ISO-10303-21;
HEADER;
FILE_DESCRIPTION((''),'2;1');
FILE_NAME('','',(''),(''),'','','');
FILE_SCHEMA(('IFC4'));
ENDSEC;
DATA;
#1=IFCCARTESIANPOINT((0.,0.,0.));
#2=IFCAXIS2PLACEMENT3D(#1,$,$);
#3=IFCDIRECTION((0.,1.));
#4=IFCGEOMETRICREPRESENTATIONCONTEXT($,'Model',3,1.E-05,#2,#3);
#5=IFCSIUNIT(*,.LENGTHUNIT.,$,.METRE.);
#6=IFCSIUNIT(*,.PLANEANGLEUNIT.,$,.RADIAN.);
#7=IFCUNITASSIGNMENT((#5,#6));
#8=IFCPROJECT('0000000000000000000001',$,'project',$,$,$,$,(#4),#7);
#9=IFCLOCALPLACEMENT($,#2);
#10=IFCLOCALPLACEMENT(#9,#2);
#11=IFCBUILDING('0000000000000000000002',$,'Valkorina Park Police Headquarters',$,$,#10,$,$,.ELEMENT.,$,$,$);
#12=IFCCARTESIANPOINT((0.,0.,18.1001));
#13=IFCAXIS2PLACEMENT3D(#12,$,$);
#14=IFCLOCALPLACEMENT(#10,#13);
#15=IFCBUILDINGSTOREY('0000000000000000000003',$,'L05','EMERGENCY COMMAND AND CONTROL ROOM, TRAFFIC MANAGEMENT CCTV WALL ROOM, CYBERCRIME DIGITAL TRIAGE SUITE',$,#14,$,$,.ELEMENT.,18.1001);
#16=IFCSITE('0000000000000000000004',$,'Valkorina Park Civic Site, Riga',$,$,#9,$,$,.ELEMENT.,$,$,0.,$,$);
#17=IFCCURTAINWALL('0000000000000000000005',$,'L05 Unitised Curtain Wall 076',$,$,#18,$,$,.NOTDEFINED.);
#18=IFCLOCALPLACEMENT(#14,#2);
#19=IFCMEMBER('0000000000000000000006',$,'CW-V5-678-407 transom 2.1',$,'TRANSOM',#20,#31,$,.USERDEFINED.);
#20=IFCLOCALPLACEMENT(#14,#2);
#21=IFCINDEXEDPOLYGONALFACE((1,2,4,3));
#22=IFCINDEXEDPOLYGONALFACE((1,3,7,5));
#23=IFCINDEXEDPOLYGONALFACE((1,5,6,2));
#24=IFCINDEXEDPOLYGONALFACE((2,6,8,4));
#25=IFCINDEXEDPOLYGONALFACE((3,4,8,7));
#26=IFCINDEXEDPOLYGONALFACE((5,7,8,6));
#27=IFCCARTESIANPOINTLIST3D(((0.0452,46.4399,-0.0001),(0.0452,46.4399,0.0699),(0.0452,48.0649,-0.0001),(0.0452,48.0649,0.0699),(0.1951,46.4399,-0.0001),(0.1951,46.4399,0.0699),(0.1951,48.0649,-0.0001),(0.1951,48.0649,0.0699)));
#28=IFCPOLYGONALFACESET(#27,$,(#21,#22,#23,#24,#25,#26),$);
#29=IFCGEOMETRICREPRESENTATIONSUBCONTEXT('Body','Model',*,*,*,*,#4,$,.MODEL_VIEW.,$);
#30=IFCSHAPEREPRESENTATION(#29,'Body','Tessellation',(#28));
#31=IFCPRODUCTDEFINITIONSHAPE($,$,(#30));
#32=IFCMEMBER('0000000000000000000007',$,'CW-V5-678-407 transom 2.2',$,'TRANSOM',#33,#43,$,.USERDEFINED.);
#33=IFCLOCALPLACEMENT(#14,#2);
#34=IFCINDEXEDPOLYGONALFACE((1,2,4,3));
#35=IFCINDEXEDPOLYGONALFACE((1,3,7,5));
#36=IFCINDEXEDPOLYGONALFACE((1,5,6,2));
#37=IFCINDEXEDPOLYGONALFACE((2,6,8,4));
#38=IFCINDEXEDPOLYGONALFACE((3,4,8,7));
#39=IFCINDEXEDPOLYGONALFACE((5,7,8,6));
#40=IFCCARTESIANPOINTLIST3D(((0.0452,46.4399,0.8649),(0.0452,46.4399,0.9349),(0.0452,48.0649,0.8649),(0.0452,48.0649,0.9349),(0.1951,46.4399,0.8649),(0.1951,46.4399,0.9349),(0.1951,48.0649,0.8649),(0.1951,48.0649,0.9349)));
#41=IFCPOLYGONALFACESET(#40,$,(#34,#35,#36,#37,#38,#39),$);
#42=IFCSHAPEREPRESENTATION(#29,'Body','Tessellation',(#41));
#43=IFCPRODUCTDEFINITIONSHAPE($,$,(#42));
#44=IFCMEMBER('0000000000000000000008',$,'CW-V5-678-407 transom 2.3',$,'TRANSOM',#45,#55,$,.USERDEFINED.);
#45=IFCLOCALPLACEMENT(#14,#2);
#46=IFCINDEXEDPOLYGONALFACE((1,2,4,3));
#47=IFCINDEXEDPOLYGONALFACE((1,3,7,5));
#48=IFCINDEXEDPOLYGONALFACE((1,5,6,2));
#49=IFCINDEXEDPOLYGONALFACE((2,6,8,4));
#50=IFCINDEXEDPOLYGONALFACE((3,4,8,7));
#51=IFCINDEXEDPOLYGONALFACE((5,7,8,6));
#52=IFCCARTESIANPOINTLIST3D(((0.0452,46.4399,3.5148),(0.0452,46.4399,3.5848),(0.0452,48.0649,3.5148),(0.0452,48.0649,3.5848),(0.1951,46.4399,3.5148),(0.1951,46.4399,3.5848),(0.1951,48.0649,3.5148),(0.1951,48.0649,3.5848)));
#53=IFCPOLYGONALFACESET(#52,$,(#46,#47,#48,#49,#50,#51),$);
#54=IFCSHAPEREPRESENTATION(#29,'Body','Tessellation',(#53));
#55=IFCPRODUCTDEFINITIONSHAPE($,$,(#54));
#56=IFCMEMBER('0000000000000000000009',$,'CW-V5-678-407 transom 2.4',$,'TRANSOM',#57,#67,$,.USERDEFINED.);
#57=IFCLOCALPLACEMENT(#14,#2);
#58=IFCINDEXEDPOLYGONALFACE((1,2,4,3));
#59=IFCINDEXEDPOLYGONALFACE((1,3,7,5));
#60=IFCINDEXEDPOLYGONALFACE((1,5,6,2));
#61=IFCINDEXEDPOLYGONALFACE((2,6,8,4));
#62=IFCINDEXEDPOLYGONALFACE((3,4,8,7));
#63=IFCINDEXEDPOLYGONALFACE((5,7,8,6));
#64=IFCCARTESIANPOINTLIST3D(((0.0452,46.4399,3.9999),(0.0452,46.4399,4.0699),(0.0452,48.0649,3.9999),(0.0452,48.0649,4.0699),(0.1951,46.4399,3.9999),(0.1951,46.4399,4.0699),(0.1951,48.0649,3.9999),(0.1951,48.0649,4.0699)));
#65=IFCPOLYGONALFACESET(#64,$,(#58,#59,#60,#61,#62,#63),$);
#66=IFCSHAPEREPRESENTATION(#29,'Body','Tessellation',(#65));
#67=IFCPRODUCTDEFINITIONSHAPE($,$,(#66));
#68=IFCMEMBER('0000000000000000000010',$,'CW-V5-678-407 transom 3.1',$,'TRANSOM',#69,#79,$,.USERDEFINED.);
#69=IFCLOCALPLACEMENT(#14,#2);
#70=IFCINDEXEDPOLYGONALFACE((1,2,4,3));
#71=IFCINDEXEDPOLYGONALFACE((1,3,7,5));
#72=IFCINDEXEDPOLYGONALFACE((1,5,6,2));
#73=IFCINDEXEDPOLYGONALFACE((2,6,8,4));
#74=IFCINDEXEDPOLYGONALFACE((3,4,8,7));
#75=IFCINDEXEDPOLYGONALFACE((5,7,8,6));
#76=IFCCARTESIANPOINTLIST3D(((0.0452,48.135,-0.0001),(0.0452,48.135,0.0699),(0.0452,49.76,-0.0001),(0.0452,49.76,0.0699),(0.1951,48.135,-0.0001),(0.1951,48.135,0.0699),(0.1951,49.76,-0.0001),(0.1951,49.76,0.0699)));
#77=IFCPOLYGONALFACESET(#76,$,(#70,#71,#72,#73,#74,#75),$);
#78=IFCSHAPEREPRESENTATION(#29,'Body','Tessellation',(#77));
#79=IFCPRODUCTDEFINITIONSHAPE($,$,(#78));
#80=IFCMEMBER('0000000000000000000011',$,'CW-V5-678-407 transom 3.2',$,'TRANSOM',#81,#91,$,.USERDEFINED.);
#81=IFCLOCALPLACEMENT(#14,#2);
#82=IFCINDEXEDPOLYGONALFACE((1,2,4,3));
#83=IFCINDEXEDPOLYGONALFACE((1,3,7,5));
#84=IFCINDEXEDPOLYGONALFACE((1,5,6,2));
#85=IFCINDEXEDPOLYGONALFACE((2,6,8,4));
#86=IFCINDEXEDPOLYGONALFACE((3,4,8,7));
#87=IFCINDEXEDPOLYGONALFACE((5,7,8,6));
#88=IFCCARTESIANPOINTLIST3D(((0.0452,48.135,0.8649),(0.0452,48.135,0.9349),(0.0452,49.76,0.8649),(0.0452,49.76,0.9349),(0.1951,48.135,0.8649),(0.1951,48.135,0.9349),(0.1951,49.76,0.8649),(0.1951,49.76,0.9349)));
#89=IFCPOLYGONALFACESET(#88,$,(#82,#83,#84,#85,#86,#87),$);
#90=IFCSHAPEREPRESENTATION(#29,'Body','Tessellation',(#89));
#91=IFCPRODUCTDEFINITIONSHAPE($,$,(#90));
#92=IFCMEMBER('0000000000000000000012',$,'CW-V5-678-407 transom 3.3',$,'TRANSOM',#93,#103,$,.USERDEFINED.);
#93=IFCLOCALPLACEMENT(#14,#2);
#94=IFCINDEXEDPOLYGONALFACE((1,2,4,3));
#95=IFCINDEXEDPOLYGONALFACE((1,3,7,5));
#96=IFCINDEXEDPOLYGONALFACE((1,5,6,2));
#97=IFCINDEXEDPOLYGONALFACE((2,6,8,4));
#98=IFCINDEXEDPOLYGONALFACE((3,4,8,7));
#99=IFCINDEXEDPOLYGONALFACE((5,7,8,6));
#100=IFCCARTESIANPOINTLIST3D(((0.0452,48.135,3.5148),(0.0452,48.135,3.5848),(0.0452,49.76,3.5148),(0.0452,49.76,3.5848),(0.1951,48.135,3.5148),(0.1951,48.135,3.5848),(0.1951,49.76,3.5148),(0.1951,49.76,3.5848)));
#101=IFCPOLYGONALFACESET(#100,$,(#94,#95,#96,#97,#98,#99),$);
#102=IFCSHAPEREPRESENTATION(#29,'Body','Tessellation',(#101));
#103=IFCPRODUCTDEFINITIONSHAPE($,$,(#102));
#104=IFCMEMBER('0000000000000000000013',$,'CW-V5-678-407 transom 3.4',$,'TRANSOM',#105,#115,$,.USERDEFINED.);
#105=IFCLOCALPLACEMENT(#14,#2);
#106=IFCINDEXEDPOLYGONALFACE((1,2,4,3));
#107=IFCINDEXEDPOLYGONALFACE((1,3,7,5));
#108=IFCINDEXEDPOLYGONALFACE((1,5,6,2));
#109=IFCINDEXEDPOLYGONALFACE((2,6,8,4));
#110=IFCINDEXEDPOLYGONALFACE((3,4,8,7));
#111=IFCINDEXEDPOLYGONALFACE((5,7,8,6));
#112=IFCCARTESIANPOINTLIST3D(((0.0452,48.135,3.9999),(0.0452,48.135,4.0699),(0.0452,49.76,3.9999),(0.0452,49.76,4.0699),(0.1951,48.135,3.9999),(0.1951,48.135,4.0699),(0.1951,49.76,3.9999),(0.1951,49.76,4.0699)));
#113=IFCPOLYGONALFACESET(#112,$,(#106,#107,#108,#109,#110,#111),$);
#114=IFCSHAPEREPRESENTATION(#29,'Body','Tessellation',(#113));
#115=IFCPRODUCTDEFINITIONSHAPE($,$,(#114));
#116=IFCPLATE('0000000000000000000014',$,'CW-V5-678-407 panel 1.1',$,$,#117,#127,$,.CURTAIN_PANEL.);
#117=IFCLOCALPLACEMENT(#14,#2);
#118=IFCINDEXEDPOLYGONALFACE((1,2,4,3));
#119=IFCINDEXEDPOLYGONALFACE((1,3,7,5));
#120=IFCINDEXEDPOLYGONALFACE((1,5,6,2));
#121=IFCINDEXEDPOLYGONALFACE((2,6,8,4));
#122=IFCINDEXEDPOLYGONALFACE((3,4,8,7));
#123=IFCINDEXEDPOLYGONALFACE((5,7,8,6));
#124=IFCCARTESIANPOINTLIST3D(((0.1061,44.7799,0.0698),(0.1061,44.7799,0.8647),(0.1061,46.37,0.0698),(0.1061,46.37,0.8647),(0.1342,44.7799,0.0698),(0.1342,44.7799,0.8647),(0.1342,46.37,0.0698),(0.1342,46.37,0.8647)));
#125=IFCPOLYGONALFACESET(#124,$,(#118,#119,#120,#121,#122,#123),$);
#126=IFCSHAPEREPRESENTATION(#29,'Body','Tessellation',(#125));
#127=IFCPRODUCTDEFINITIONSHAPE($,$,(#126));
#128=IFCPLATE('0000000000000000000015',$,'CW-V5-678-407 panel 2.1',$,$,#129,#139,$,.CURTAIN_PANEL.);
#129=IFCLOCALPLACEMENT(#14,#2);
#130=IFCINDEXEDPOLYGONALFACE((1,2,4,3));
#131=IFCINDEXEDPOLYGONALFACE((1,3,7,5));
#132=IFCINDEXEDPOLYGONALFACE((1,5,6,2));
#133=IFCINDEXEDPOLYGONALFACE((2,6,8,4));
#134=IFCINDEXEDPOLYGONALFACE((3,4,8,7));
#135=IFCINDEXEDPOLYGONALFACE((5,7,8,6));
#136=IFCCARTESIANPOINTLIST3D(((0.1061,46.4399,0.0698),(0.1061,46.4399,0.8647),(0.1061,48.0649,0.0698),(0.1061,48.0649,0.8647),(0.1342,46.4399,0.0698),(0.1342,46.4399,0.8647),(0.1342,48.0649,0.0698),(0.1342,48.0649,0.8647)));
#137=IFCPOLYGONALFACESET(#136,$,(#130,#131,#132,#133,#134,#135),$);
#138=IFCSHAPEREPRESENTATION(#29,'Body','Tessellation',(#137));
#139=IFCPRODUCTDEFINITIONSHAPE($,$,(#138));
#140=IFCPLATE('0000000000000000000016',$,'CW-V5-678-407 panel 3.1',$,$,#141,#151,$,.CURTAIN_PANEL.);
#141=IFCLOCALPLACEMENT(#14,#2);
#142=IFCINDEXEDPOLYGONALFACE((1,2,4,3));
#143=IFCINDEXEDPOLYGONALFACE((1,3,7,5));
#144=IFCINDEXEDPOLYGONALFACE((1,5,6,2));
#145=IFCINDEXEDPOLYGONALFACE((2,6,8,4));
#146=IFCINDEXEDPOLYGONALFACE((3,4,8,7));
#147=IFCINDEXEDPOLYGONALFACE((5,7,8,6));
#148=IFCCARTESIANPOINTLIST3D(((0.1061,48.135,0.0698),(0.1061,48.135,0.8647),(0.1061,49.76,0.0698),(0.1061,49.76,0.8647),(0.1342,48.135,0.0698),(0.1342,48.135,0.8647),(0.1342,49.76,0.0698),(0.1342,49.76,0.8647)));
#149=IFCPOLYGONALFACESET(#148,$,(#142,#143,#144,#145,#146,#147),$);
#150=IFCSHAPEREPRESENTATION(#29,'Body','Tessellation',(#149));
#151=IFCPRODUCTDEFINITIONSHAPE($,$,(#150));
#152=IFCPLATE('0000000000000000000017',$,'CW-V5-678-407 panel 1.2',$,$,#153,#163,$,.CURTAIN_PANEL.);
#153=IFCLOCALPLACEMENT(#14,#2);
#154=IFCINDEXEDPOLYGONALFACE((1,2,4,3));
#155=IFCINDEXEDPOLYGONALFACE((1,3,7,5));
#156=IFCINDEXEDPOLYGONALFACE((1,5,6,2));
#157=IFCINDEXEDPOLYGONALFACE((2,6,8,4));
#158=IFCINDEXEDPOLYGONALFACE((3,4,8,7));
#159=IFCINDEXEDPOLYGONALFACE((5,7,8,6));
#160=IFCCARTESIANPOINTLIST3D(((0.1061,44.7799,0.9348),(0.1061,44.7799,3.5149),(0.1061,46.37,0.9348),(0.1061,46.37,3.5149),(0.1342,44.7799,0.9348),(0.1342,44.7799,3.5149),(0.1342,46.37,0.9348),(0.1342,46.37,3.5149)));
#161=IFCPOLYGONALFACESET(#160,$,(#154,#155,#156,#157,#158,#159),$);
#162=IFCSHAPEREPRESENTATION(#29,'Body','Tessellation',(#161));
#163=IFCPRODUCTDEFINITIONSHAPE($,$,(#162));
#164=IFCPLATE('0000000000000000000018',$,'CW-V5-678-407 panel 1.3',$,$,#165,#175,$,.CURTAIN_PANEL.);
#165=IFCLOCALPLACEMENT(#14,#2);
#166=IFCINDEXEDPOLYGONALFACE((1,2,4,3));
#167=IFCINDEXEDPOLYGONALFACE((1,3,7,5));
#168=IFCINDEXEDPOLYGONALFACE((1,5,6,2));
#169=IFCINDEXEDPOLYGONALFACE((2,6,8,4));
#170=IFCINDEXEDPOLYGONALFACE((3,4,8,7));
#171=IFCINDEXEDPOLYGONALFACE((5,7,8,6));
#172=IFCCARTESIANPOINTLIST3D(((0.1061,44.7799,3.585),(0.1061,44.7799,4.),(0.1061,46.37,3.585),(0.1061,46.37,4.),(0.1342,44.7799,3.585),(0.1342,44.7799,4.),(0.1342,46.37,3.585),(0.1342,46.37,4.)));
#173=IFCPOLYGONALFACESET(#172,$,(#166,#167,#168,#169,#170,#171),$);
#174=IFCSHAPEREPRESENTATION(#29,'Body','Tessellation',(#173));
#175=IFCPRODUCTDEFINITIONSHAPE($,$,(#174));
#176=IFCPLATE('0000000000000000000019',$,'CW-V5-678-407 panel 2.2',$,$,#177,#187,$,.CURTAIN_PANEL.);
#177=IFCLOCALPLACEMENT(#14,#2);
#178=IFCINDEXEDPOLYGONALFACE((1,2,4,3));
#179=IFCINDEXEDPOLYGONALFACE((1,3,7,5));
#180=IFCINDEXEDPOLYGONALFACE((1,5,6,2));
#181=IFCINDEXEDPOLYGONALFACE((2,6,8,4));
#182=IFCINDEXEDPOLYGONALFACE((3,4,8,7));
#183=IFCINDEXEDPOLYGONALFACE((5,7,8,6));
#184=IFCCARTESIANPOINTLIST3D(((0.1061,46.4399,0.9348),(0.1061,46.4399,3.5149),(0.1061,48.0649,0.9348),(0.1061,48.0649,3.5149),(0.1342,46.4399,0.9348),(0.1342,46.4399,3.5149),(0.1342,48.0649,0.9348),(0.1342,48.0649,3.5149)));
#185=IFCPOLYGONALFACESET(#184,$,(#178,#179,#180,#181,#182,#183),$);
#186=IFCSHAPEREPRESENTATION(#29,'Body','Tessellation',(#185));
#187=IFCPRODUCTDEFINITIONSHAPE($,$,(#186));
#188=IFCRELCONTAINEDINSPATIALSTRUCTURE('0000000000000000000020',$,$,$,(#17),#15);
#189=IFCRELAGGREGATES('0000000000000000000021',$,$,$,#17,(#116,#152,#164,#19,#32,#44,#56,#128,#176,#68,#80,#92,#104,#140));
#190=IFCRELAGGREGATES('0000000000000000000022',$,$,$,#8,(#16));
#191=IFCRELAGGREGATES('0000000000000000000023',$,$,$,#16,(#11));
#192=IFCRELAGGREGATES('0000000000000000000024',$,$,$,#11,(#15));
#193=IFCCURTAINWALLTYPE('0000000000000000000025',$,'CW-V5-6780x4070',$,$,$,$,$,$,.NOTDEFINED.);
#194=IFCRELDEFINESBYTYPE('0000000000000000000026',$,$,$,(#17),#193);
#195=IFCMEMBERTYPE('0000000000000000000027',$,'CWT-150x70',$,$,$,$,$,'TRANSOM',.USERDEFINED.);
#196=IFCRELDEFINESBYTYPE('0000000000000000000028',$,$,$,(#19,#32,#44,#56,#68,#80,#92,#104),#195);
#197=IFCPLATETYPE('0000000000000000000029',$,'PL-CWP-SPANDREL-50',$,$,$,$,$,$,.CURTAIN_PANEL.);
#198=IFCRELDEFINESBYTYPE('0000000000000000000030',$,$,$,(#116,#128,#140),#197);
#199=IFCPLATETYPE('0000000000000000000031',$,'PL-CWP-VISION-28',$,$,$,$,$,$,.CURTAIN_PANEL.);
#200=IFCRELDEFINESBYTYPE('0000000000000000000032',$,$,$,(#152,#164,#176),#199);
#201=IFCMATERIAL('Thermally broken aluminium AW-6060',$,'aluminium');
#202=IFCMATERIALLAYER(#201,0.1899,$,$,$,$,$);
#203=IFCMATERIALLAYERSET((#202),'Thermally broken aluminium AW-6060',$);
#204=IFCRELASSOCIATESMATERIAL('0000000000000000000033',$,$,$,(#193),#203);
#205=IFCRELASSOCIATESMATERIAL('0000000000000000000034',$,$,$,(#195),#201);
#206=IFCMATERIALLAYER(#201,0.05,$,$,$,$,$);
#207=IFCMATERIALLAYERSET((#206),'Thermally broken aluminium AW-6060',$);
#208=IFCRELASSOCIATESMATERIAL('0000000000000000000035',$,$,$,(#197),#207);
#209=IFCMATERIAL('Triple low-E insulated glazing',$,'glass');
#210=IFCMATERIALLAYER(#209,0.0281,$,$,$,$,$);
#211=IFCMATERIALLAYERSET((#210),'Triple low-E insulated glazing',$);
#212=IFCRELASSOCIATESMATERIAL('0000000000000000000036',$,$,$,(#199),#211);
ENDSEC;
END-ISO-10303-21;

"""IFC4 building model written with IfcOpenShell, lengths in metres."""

from ifc_helpers import new_model, si_unit, direction, frame, origin, origin_2d, place, context, subcontext, project, spatial, rectangle, extrude, material, layer, layer_set, material_profile, profile_set, type_object, element, aggregate, save


model = new_model("IFC4")

# Units and contexts
model_context = context("Model", 3, precision=1e-05, world=origin(), true_north=direction((0.0, 1.0)))
body_context = subcontext(model_context, "Body", "Model", "MODEL_VIEW")
ifc_project = project(units=[si_unit("LENGTHUNIT", "METRE"), si_unit("PLANEANGLEUNIT", "RADIAN")], contexts=[model_context])

# Site, building, storey
site_placement = place(None, origin())
site = spatial("IfcSite", under=ifc_project, at=site_placement, Name="Valkorina Park Civic Site, Riga", CompositionType="ELEMENT", RefElevation=0.0)
building_placement = place(site_placement, origin())
building = spatial("IfcBuilding", under=site, at=building_placement, Name="Valkorina Park Police Headquarters", CompositionType="ELEMENT")
storey_placement = place(building_placement, frame((0.0, 0.0, 18.1001)))
storey = spatial("IfcBuildingStorey", under=building, at=storey_placement, Name="L05", Description="EMERGENCY COMMAND AND CONTROL ROOM, TRAFFIC MANAGEMENT CCTV WALL ROOM, CYBERCRIME DIGITAL TRIAGE SUITE", CompositionType="ELEMENT", Elevation=18.1001)

# Curtain wall, members, plates
ifc_material_1 = material(Name="Thermally broken aluminium AW-6060", Category="aluminium")
ifc_layer_1 = layer(ifc_material_1, 0.1899)
ifc_layer_set_1 = layer_set([ifc_layer_1], Name="Thermally broken aluminium AW-6060")
curtain_wall_type = type_object("IfcCurtainWallType", Name="CW-V5-6780x4070", PredefinedType="NOTDEFINED", material=ifc_layer_set_1)
curtain_wall_placement = place(storey_placement, origin())
curtain_wall = element("IfcCurtainWall", 1, at=curtain_wall_placement, inside=storey, type_object=curtain_wall_type, Name="L05 Unitised Curtain Wall 076", PredefinedType="NOTDEFINED")
ifc_material_profile_1 = material_profile(ifc_material_1, rectangle(XDim=0.1499, YDim=0.0701, at=origin_2d()), Name="CWT-02 150x70")
ifc_profile_set_1 = profile_set([ifc_material_profile_1], Name="Thermally broken aluminium AW-6060")
member_type_1 = type_object("IfcMemberType", Name="CWT-150x70", ElementType="TRANSOM", PredefinedType="USERDEFINED", material=ifc_profile_set_1)
member_1_placement = place(storey_placement, frame((0.1201, 46.4399, 0.0349), z_axis=(0.0, 1.0, 0.0), x_axis=(-1.0, 0.0, 0.0)))
member_1 = element("IfcMember", 2, at=member_1_placement, type_object=member_type_1, Name="CW-V5-678-407 transom 2.1", ObjectType="TRANSOM", PredefinedType="USERDEFINED", context=body_context, shape_type="SweptSolid", body=[
    extrude(rectangle(XDim=0.1499, YDim=0.0701, at=origin_2d()), origin(), (0.0, 0.0, 1.0), 1.625),
])
member_2_placement = place(storey_placement, frame((0.1201, 46.4399, 0.8999), z_axis=(0.0, 1.0, 0.0), x_axis=(-1.0, 0.0, 0.0)))
member_2 = element("IfcMember", 3, at=member_2_placement, type_object=member_type_1, Name="CW-V5-678-407 transom 2.2", ObjectType="TRANSOM", PredefinedType="USERDEFINED", context=body_context, shape_type="SweptSolid", body=[
    extrude(rectangle(XDim=0.1499, YDim=0.0701, at=origin_2d()), origin(), (0.0, 0.0, 1.0), 1.625),
])
member_3_placement = place(storey_placement, frame((0.1201, 46.4399, 3.5498), z_axis=(0.0, 1.0, 0.0), x_axis=(-1.0, 0.0, 0.0)))
member_3 = element("IfcMember", 4, at=member_3_placement, type_object=member_type_1, Name="CW-V5-678-407 transom 2.3", ObjectType="TRANSOM", PredefinedType="USERDEFINED", context=body_context, shape_type="SweptSolid", body=[
    extrude(rectangle(XDim=0.1499, YDim=0.0701, at=origin_2d()), origin(), (0.0, 0.0, 1.0), 1.625),
])
member_4_placement = place(storey_placement, frame((0.1201, 46.4399, 4.0349), z_axis=(0.0, 1.0, 0.0), x_axis=(-1.0, 0.0, 0.0)))
member_4 = element("IfcMember", 5, at=member_4_placement, type_object=member_type_1, Name="CW-V5-678-407 transom 2.4", ObjectType="TRANSOM", PredefinedType="USERDEFINED", context=body_context, shape_type="SweptSolid", body=[
    extrude(rectangle(XDim=0.1499, YDim=0.0701, at=origin_2d()), origin(), (0.0, 0.0, 1.0), 1.625),
])
member_5_placement = place(storey_placement, frame((0.1201, 48.135, 0.0349), z_axis=(0.0, 1.0, 0.0), x_axis=(-1.0, 0.0, 0.0)))
member_5 = element("IfcMember", 6, at=member_5_placement, type_object=member_type_1, Name="CW-V5-678-407 transom 3.1", ObjectType="TRANSOM", PredefinedType="USERDEFINED", context=body_context, shape_type="SweptSolid", body=[
    extrude(rectangle(XDim=0.1499, YDim=0.0701, at=origin_2d()), origin(), (0.0, 0.0, 1.0), 1.625),
])
member_6_placement = place(storey_placement, frame((0.1201, 48.135, 0.8999), z_axis=(0.0, 1.0, 0.0), x_axis=(-1.0, 0.0, 0.0)))
member_6 = element("IfcMember", 7, at=member_6_placement, type_object=member_type_1, Name="CW-V5-678-407 transom 3.2", ObjectType="TRANSOM", PredefinedType="USERDEFINED", context=body_context, shape_type="SweptSolid", body=[
    extrude(rectangle(XDim=0.1499, YDim=0.0701, at=origin_2d()), origin(), (0.0, 0.0, 1.0), 1.625),
])
member_7_placement = place(storey_placement, frame((0.1201, 48.135, 3.5498), z_axis=(0.0, 1.0, 0.0), x_axis=(-1.0, 0.0, 0.0)))
member_7 = element("IfcMember", 8, at=member_7_placement, type_object=member_type_1, Name="CW-V5-678-407 transom 3.3", ObjectType="TRANSOM", PredefinedType="USERDEFINED", context=body_context, shape_type="SweptSolid", body=[
    extrude(rectangle(XDim=0.1499, YDim=0.0701, at=origin_2d()), origin(), (0.0, 0.0, 1.0), 1.625),
])
member_8_placement = place(storey_placement, frame((0.1201, 48.135, 4.0349), z_axis=(0.0, 1.0, 0.0), x_axis=(-1.0, 0.0, 0.0)))
member_8 = element("IfcMember", 9, at=member_8_placement, type_object=member_type_1, Name="CW-V5-678-407 transom 3.4", ObjectType="TRANSOM", PredefinedType="USERDEFINED", context=body_context, shape_type="SweptSolid", body=[
    extrude(rectangle(XDim=0.1499, YDim=0.0701, at=origin_2d()), origin(), (0.0, 0.0, 1.0), 1.625),
])
ifc_layer_2 = layer(ifc_material_1, 0.05)
ifc_layer_set_2 = layer_set([ifc_layer_2], Name="Thermally broken aluminium AW-6060")
plate_type_1 = type_object("IfcPlateType", Name="PL-CWP-SPANDREL-50", PredefinedType="CURTAIN_PANEL", material=ifc_layer_set_2)
plate_1_placement = place(storey_placement, frame((0.1201, 45.575, 0.0698), z_axis=(0.0, 0.0, 1.0), x_axis=(0.0, 1.0, 0.0)))
plate_1 = element("IfcPlate", 10, at=plate_1_placement, type_object=plate_type_1, Name="CW-V5-678-407 panel 1.1", PredefinedType="CURTAIN_PANEL", context=body_context, shape_type="SweptSolid", body=[
    extrude(rectangle(XDim=1.5901, YDim=0.0281, at=origin_2d()), origin(), (0.0, 0.0, 1.0), 0.7949),
])
plate_2_placement = place(storey_placement, frame((0.1201, 47.2524, 0.0698), z_axis=(0.0, 0.0, 1.0), x_axis=(0.0, 1.0, 0.0)))
plate_2 = element("IfcPlate", 11, at=plate_2_placement, type_object=plate_type_1, Name="CW-V5-678-407 panel 2.1", PredefinedType="CURTAIN_PANEL", context=body_context, shape_type="SweptSolid", body=[
    extrude(rectangle(XDim=1.625, YDim=0.0281, at=origin_2d()), origin(), (0.0, 0.0, 1.0), 0.7949),
])
plate_3_placement = place(storey_placement, frame((0.1201, 48.9475, 0.0698), z_axis=(0.0, 0.0, 1.0), x_axis=(0.0, 1.0, 0.0)))
plate_3 = element("IfcPlate", 12, at=plate_3_placement, type_object=plate_type_1, Name="CW-V5-678-407 panel 3.1", PredefinedType="CURTAIN_PANEL", context=body_context, shape_type="SweptSolid", body=[
    extrude(rectangle(XDim=1.625, YDim=0.0281, at=origin_2d()), origin(), (0.0, 0.0, 1.0), 0.7949),
])
ifc_material_2 = material(Name="Triple low-E insulated glazing", Category="glass")
ifc_layer_3 = layer(ifc_material_2, 0.0281)
ifc_layer_set_3 = layer_set([ifc_layer_3], Name="Triple low-E insulated glazing")
plate_type_2 = type_object("IfcPlateType", Name="PL-CWP-VISION-28", PredefinedType="CURTAIN_PANEL", material=ifc_layer_set_3)
plate_4_placement = place(storey_placement, frame((0.1201, 45.575, 0.9348), z_axis=(0.0, 0.0, 1.0), x_axis=(0.0, 1.0, 0.0)))
plate_4 = element("IfcPlate", 13, at=plate_4_placement, type_object=plate_type_2, Name="CW-V5-678-407 panel 1.2", PredefinedType="CURTAIN_PANEL", context=body_context, shape_type="SweptSolid", body=[
    extrude(rectangle(XDim=1.5901, YDim=0.0281, at=origin_2d()), origin(), (0.0, 0.0, 1.0), 2.5801),
])
plate_5_placement = place(storey_placement, frame((0.1201, 45.575, 3.585), z_axis=(0.0, 0.0, 1.0), x_axis=(0.0, 1.0, 0.0)))
plate_5 = element("IfcPlate", 14, at=plate_5_placement, type_object=plate_type_2, Name="CW-V5-678-407 panel 1.3", PredefinedType="CURTAIN_PANEL", context=body_context, shape_type="SweptSolid", body=[
    extrude(rectangle(XDim=1.5901, YDim=0.0281, at=origin_2d()), origin(), (0.0, 0.0, 1.0), 0.415),
])
plate_6_placement = place(storey_placement, frame((0.1201, 47.2524, 0.9348), z_axis=(0.0, 0.0, 1.0), x_axis=(0.0, 1.0, 0.0)))
plate_6 = element("IfcPlate", 15, at=plate_6_placement, type_object=plate_type_2, Name="CW-V5-678-407 panel 2.2", PredefinedType="CURTAIN_PANEL", context=body_context, shape_type="SweptSolid", body=[
    extrude(rectangle(XDim=1.625, YDim=0.0281, at=origin_2d()), origin(), (0.0, 0.0, 1.0), 2.5801),
])
aggregate(curtain_wall, [plate_1, plate_4, plate_5, member_1, member_2, member_3, member_4, plate_2, plate_6, member_5, member_6, member_7, member_8, plate_3])

save(model, "model.ifc")
